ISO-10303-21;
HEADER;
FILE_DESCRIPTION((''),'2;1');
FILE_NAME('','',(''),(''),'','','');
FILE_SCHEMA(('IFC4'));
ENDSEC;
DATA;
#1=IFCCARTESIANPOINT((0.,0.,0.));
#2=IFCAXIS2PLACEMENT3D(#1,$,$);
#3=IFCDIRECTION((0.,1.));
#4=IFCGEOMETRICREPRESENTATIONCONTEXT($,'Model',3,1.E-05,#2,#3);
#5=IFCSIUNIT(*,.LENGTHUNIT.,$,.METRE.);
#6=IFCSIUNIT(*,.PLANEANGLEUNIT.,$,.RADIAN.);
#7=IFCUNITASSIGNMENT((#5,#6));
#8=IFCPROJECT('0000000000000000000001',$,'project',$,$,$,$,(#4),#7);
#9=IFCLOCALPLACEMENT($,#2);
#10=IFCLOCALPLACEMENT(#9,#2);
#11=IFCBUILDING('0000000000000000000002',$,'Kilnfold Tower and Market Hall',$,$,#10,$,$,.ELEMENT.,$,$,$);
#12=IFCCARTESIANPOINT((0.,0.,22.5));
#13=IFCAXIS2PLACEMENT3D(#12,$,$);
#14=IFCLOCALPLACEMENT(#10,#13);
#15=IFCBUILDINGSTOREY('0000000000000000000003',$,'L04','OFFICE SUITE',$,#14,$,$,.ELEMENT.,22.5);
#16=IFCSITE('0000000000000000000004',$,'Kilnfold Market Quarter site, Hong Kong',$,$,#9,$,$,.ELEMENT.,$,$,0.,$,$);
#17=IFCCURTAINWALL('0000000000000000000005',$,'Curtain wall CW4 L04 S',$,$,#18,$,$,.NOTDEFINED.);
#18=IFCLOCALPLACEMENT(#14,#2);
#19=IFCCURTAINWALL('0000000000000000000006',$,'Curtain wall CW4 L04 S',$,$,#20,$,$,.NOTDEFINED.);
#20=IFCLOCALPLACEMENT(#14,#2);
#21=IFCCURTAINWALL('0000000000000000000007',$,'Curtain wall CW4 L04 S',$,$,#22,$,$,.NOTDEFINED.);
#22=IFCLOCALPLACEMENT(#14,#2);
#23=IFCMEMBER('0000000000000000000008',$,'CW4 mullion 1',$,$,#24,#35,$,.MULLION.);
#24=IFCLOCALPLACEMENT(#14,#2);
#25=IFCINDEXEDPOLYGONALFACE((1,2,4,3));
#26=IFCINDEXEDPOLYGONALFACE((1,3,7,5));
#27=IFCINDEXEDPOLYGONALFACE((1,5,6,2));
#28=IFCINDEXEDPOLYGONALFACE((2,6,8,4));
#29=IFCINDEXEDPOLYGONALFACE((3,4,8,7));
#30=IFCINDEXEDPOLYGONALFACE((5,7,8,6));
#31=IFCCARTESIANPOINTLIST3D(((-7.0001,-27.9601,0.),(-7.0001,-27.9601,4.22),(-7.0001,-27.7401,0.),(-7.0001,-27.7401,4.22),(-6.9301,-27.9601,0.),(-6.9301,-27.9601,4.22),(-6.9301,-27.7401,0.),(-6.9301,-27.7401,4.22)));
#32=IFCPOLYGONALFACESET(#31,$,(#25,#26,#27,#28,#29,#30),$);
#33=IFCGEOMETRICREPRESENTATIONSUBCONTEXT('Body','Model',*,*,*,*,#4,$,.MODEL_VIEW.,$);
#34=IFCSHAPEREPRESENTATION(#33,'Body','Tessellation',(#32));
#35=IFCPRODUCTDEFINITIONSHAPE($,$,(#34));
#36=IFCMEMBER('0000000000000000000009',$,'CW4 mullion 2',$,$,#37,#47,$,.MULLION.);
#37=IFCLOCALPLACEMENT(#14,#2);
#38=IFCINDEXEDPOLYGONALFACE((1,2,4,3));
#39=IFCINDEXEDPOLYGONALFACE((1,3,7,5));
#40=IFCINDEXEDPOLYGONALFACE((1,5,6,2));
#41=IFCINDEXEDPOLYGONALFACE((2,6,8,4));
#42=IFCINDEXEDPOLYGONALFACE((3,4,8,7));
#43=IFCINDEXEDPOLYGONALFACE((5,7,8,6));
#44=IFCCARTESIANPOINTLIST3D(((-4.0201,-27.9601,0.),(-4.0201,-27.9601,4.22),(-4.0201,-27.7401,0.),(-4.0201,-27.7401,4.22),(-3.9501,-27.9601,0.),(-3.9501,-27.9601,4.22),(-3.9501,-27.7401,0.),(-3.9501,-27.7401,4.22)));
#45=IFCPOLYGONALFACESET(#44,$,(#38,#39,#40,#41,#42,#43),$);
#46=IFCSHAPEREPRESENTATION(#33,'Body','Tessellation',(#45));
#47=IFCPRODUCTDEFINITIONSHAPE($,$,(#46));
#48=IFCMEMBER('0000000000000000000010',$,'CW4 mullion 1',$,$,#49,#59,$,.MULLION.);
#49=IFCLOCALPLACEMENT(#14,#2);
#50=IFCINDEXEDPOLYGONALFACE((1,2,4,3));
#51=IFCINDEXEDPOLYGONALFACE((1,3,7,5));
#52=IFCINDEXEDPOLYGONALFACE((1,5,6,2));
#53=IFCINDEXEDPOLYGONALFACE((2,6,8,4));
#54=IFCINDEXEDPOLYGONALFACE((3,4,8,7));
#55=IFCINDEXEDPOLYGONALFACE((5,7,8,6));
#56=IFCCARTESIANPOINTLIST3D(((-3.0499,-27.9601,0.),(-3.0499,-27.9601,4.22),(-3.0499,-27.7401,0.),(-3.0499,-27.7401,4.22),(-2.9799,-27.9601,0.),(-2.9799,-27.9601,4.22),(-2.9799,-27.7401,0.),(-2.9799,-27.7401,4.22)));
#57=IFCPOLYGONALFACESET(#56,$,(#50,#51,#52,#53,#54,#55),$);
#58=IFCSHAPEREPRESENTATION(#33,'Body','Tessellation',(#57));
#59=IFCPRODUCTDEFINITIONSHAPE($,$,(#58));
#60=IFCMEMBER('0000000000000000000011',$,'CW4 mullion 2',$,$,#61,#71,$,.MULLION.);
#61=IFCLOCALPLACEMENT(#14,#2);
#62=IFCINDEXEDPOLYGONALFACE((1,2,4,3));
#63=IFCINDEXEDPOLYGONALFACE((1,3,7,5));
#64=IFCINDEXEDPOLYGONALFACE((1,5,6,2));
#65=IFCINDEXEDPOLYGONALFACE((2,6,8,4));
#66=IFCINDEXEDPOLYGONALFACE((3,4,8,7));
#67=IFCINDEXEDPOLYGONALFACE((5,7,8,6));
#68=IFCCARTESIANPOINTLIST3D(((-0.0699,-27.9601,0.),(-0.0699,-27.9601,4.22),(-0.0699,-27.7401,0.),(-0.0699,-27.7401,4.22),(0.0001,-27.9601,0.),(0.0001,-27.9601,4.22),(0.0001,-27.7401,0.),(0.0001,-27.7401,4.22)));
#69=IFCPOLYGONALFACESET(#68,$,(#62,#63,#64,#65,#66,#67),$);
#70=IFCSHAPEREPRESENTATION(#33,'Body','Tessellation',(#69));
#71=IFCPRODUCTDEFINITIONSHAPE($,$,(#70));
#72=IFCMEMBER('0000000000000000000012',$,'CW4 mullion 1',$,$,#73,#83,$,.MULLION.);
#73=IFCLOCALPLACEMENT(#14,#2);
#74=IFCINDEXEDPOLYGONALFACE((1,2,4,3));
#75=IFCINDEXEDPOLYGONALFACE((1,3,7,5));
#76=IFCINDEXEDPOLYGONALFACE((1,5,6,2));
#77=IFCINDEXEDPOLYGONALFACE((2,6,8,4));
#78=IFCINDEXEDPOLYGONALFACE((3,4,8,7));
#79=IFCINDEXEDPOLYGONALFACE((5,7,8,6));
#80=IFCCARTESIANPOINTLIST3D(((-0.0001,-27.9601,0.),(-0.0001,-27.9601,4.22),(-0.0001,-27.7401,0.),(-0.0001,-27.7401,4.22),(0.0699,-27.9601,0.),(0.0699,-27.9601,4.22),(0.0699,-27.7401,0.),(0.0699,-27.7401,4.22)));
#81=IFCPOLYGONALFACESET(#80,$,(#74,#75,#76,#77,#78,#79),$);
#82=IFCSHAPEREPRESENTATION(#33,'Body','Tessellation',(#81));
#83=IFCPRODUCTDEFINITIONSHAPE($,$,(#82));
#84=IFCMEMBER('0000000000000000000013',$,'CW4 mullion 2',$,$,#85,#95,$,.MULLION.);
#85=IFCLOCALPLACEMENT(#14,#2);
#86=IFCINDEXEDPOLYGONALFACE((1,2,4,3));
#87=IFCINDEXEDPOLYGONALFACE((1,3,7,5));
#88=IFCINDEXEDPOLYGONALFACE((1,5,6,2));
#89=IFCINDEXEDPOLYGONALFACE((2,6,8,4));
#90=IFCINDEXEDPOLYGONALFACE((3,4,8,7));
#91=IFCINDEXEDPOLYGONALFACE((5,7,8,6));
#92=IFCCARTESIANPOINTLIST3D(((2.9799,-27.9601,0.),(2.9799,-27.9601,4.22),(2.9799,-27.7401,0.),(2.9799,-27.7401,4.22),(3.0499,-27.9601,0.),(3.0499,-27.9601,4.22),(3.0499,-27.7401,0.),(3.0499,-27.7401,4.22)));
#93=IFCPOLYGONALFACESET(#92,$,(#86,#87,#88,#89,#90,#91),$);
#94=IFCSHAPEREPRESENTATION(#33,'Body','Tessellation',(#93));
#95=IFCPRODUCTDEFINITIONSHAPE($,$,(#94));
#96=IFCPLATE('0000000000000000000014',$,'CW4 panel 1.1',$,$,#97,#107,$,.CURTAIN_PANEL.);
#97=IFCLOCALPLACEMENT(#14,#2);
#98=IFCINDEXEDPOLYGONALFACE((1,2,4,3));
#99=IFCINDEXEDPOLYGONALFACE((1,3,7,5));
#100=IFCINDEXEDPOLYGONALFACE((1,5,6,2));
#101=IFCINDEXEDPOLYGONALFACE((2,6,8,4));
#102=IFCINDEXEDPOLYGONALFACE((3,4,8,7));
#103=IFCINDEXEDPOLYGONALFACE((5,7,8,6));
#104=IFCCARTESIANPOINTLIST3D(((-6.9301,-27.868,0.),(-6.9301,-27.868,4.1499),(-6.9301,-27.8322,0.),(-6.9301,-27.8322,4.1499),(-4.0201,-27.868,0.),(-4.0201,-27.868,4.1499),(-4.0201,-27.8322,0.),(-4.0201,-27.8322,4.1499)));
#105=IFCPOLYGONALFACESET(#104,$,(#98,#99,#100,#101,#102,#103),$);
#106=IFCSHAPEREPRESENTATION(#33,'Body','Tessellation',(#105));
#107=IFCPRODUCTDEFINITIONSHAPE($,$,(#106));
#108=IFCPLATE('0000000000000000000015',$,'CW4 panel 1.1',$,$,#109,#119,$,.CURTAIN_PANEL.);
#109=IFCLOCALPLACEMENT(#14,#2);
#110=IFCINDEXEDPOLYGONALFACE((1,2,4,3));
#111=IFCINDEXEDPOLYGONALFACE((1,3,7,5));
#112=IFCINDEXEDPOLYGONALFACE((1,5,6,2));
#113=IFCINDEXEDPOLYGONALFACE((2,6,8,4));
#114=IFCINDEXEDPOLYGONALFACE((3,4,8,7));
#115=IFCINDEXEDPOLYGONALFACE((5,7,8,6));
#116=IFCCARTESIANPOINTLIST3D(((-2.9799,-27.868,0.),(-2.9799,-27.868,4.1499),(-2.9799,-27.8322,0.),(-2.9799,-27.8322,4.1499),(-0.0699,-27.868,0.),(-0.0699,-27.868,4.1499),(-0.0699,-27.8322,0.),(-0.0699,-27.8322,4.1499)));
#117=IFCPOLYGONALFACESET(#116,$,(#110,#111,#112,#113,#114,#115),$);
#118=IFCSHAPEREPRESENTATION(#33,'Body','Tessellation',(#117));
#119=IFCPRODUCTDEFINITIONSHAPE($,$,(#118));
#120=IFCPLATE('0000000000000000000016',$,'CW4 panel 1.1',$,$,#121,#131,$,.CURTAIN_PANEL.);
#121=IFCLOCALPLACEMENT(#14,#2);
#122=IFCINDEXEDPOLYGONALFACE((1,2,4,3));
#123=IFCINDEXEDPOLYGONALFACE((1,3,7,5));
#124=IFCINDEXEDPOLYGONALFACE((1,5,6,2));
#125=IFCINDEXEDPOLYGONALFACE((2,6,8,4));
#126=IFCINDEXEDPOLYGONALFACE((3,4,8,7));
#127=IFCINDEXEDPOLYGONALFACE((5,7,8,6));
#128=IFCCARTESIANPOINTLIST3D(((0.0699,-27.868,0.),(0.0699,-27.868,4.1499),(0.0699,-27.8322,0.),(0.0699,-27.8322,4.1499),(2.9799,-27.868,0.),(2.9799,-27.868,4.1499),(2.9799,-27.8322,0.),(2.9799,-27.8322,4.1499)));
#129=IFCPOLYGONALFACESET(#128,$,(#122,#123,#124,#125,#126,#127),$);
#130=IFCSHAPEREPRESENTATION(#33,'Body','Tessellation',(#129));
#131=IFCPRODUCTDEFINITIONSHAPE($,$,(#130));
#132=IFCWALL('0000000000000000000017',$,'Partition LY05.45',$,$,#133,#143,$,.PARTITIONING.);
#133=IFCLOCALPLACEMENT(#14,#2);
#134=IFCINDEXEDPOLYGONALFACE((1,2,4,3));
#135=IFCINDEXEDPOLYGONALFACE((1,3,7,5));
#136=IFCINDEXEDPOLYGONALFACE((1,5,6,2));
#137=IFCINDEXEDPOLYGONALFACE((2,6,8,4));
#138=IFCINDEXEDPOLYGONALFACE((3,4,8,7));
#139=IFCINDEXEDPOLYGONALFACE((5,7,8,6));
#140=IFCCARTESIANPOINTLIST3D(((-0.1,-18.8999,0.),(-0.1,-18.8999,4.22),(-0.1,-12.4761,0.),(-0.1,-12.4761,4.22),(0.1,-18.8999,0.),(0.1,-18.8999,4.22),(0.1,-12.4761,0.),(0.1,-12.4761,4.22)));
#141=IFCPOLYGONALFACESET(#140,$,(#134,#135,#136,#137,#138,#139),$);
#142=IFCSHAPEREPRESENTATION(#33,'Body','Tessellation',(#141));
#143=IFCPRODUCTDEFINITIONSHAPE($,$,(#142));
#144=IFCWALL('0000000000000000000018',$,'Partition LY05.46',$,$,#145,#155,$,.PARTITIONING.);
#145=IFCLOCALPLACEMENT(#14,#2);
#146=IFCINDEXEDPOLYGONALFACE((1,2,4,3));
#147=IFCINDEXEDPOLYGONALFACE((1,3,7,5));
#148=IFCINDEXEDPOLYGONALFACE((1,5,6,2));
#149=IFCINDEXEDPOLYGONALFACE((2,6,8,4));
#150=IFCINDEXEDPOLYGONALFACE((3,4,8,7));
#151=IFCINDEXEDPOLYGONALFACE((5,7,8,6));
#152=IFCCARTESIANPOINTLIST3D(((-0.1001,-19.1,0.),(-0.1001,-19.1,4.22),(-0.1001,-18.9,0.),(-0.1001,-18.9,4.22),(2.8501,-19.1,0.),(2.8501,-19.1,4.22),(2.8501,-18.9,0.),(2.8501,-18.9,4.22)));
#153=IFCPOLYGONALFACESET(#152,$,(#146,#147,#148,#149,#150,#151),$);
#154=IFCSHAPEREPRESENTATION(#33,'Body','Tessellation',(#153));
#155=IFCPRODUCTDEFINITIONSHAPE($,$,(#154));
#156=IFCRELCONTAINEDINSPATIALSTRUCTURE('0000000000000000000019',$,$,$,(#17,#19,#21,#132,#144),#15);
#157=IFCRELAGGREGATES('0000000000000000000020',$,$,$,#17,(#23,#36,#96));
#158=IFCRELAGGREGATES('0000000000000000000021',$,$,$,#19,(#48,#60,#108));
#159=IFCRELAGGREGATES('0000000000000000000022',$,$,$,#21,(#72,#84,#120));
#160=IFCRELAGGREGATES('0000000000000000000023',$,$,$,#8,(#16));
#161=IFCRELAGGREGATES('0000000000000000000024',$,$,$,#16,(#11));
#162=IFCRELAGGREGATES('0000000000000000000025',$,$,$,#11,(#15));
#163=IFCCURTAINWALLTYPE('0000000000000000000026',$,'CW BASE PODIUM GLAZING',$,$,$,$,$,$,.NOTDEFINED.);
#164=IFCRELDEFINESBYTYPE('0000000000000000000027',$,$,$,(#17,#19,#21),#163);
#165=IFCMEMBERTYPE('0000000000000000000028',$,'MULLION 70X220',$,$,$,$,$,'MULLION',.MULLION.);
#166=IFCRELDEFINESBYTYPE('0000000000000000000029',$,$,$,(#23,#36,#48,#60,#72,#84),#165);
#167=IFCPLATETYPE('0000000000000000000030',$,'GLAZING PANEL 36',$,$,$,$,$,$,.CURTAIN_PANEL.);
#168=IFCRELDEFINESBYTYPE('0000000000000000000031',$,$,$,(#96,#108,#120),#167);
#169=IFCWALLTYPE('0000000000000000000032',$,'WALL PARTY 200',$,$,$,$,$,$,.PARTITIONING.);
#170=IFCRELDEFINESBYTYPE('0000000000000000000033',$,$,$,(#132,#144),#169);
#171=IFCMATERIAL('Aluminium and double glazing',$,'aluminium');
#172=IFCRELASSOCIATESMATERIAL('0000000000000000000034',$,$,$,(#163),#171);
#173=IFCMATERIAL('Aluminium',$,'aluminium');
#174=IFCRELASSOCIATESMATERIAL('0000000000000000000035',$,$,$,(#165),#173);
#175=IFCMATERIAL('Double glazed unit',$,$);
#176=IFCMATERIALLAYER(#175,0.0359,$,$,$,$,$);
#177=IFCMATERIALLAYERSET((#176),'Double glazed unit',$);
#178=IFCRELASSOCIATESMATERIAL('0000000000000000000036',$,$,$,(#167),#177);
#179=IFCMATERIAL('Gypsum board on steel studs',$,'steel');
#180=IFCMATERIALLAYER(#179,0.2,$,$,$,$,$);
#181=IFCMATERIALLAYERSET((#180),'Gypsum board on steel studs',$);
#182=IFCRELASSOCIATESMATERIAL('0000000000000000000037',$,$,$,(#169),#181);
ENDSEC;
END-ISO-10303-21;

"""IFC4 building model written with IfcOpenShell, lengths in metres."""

from ifc_helpers import new_model, si_unit, direction, frame, frame_2d, origin, origin_2d, place, context, subcontext, project, spatial, rectangle, extrude, source, transform, mapped, material, layer, layer_set, material_profile, profile_set, type_object, element, aggregate, save


model = new_model("IFC4")

# Units and contexts
model_context = context("Model", 3, precision=1e-05, world=origin(), true_north=direction((0.0, 1.0)))
body_context = subcontext(model_context, "Body", "Model", "MODEL_VIEW")
ifc_project = project(units=[si_unit("LENGTHUNIT", "METRE"), si_unit("PLANEANGLEUNIT", "RADIAN")], contexts=[model_context])

# Site, building, storey
site_placement = place(None, origin())
site = spatial("IfcSite", under=ifc_project, at=site_placement, Name="Kilnfold Market Quarter site, Hong Kong", CompositionType="ELEMENT", RefElevation=0.0)
building_placement = place(site_placement, origin())
building = spatial("IfcBuilding", under=site, at=building_placement, Name="Kilnfold Tower and Market Hall", CompositionType="ELEMENT")
storey_placement = place(building_placement, frame((0.0, 0.0, 22.5)))
storey = spatial("IfcBuildingStorey", under=building, at=storey_placement, Name="L04", Description="OFFICE SUITE", CompositionType="ELEMENT", Elevation=22.5)

# Curtain walls
ifc_material_1 = material(Name="Aluminium and double glazing", Category="aluminium")
curtain_wall_type = type_object("IfcCurtainWallType", Name="CW BASE PODIUM GLAZING", PredefinedType="NOTDEFINED", material=ifc_material_1)
curtain_wall_1_placement = place(storey_placement, origin())
curtain_wall_1 = element("IfcCurtainWall", 1, at=curtain_wall_1_placement, inside=storey, type_object=curtain_wall_type, Name="Curtain wall CW4 L04 S", PredefinedType="NOTDEFINED")
curtain_wall_2_placement = place(storey_placement, origin())
curtain_wall_2 = element("IfcCurtainWall", 2, at=curtain_wall_2_placement, inside=storey, type_object=curtain_wall_type, Name="Curtain wall CW4 L04 S", PredefinedType="NOTDEFINED")
curtain_wall_3_placement = place(storey_placement, origin())
curtain_wall_3 = element("IfcCurtainWall", 3, at=curtain_wall_3_placement, inside=storey, type_object=curtain_wall_type, Name="Curtain wall CW4 L04 S", PredefinedType="NOTDEFINED")

# Members
ifc_material_2 = material(Name="Aluminium", Category="aluminium")
ifc_material_profile_1 = material_profile(ifc_material_2, rectangle(XDim=0.0701, YDim=0.22, at=origin_2d()), Name="MULLION 70x220")
ifc_profile_set_1 = profile_set([ifc_material_profile_1], Name="Aluminium")
member_type_1 = type_object("IfcMemberType", Name="MULLION 70X220", ElementType="MULLION", PredefinedType="MULLION", material=ifc_profile_set_1)
shared_shape_1 = source(origin(), body_context, "Body", "SweptSolid", [
    extrude(rectangle(XDim=0.0701, YDim=0.22, at=origin_2d()), origin(), (0.0, 0.0, 1.0), 4.22),
])
member_1_placement = place(storey_placement, frame((-6.9651, -27.8501, 0.0), z_axis=(0.0, 0.0, 1.0), x_axis=(1.0, 0.0, 0.0)))
member_1 = element("IfcMember", 4, at=member_1_placement, type_object=member_type_1, Name="CW4 mullion 1", PredefinedType="MULLION", context=body_context, shape_type="MappedRepresentation", body=[
    mapped(shared_shape_1, transform((0.0, 0.0, 0.0))),
])
member_2_placement = place(storey_placement, frame((-3.9851, -27.8501, 0.0), z_axis=(0.0, 0.0, 1.0), x_axis=(1.0, 0.0, 0.0)))
member_2 = element("IfcMember", 5, at=member_2_placement, type_object=member_type_1, Name="CW4 mullion 2", PredefinedType="MULLION", context=body_context, shape_type="MappedRepresentation", body=[
    mapped(shared_shape_1, transform((0.0, 0.0, 0.0))),
])
member_3_placement = place(storey_placement, frame((-3.0149, -27.8501, 0.0), z_axis=(0.0, 0.0, 1.0), x_axis=(1.0, 0.0, 0.0)))
member_3 = element("IfcMember", 6, at=member_3_placement, type_object=member_type_1, Name="CW4 mullion 1", PredefinedType="MULLION", context=body_context, shape_type="MappedRepresentation", body=[
    mapped(shared_shape_1, transform((0.0, 0.0, 0.0))),
])
member_4_placement = place(storey_placement, frame((-0.0349, -27.8501, 0.0), z_axis=(0.0, 0.0, 1.0), x_axis=(1.0, 0.0, 0.0)))
member_4 = element("IfcMember", 7, at=member_4_placement, type_object=member_type_1, Name="CW4 mullion 2", PredefinedType="MULLION", context=body_context, shape_type="MappedRepresentation", body=[
    mapped(shared_shape_1, transform((0.0, 0.0, 0.0))),
])
member_5_placement = place(storey_placement, frame((0.0349, -27.8501, 0.0), z_axis=(0.0, 0.0, 1.0), x_axis=(1.0, 0.0, 0.0)))
member_5 = element("IfcMember", 8, at=member_5_placement, type_object=member_type_1, Name="CW4 mullion 1", PredefinedType="MULLION", context=body_context, shape_type="MappedRepresentation", body=[
    mapped(shared_shape_1, transform((0.0, 0.0, 0.0))),
])
member_6_placement = place(storey_placement, frame((3.0149, -27.8501, 0.0), z_axis=(0.0, 0.0, 1.0), x_axis=(1.0, 0.0, 0.0)))
member_6 = element("IfcMember", 9, at=member_6_placement, type_object=member_type_1, Name="CW4 mullion 2", PredefinedType="MULLION", context=body_context, shape_type="MappedRepresentation", body=[
    mapped(shared_shape_1, transform((0.0, 0.0, 0.0))),
])

# Plates
ifc_material_3 = material(Name="Double glazed unit")
ifc_layer_1 = layer(ifc_material_3, 0.0359)
ifc_layer_set_1 = layer_set([ifc_layer_1], Name="Double glazed unit")
plate_type = type_object("IfcPlateType", Name="GLAZING PANEL 36", PredefinedType="CURTAIN_PANEL", material=ifc_layer_set_1)
shared_shape_2 = source(origin(), body_context, "Body", "SweptSolid", [
    extrude(rectangle(XDim=2.9099, YDim=0.0359, at=origin_2d()), origin(), (0.0, 0.0, 1.0), 4.1499),
])
plate_1_placement = place(storey_placement, frame((-5.4751, -27.8501, 0.0), z_axis=(0.0, 0.0, 1.0), x_axis=(1.0, 0.0, 0.0)))
plate_1 = element("IfcPlate", 10, at=plate_1_placement, type_object=plate_type, Name="CW4 panel 1.1", PredefinedType="CURTAIN_PANEL", context=body_context, shape_type="MappedRepresentation", body=[
    mapped(shared_shape_2, transform((0.0, 0.0, 0.0))),
])
aggregate(curtain_wall_1, [member_1, member_2, plate_1])
plate_2_placement = place(storey_placement, frame((-1.5249, -27.8501, 0.0), z_axis=(0.0, 0.0, 1.0), x_axis=(1.0, 0.0, 0.0)))
plate_2 = element("IfcPlate", 11, at=plate_2_placement, type_object=plate_type, Name="CW4 panel 1.1", PredefinedType="CURTAIN_PANEL", context=body_context, shape_type="MappedRepresentation", body=[
    mapped(shared_shape_2, transform((0.0, 0.0, 0.0))),
])
aggregate(curtain_wall_2, [member_3, member_4, plate_2])
plate_3_placement = place(storey_placement, frame((1.5249, -27.8501, 0.0), z_axis=(0.0, 0.0, 1.0), x_axis=(1.0, 0.0, 0.0)))
plate_3 = element("IfcPlate", 12, at=plate_3_placement, type_object=plate_type, Name="CW4 panel 1.1", PredefinedType="CURTAIN_PANEL", context=body_context, shape_type="MappedRepresentation", body=[
    mapped(shared_shape_2, transform((0.0, 0.0, 0.0))),
])
aggregate(curtain_wall_3, [member_5, member_6, plate_3])

# Walls
ifc_material_4 = material(Name="Gypsum board on steel studs", Category="steel")
ifc_layer_2 = layer(ifc_material_4, 0.2)
ifc_layer_set_2 = layer_set([ifc_layer_2], Name="Gypsum board on steel studs")
wall_type = type_object("IfcWallType", Name="WALL PARTY 200", PredefinedType="PARTITIONING", material=ifc_layer_set_2)
wall_1_placement = place(storey_placement, frame((0.0, -18.8999, 0.0), z_axis=(0.0, 0.0, 1.0), x_axis=(0.0, 1.0, 0.0)))
element("IfcWall", 13, at=wall_1_placement, inside=storey, type_object=wall_type, Name="Partition LY05.45", PredefinedType="PARTITIONING", context=body_context, shape_type="SweptSolid", body=[
    extrude(rectangle(XDim=6.4238, YDim=0.2, at=frame_2d((3.2119, 0.0))), origin(), (0.0, 0.0, 1.0), 4.22),
])
wall_2_placement = place(storey_placement, frame((-0.1001, -19.0, 0.0), z_axis=(0.0, 0.0, 1.0), x_axis=(1.0, 0.0, 0.0)))
element("IfcWall", 14, at=wall_2_placement, inside=storey, type_object=wall_type, Name="Partition LY05.46", PredefinedType="PARTITIONING", context=body_context, shape_type="SweptSolid", body=[
    extrude(rectangle(XDim=2.9502, YDim=0.2, at=frame_2d((1.4751, 0.0))), origin(), (0.0, 0.0, 1.0), 4.22),
])

save(model, "model.ifc")
